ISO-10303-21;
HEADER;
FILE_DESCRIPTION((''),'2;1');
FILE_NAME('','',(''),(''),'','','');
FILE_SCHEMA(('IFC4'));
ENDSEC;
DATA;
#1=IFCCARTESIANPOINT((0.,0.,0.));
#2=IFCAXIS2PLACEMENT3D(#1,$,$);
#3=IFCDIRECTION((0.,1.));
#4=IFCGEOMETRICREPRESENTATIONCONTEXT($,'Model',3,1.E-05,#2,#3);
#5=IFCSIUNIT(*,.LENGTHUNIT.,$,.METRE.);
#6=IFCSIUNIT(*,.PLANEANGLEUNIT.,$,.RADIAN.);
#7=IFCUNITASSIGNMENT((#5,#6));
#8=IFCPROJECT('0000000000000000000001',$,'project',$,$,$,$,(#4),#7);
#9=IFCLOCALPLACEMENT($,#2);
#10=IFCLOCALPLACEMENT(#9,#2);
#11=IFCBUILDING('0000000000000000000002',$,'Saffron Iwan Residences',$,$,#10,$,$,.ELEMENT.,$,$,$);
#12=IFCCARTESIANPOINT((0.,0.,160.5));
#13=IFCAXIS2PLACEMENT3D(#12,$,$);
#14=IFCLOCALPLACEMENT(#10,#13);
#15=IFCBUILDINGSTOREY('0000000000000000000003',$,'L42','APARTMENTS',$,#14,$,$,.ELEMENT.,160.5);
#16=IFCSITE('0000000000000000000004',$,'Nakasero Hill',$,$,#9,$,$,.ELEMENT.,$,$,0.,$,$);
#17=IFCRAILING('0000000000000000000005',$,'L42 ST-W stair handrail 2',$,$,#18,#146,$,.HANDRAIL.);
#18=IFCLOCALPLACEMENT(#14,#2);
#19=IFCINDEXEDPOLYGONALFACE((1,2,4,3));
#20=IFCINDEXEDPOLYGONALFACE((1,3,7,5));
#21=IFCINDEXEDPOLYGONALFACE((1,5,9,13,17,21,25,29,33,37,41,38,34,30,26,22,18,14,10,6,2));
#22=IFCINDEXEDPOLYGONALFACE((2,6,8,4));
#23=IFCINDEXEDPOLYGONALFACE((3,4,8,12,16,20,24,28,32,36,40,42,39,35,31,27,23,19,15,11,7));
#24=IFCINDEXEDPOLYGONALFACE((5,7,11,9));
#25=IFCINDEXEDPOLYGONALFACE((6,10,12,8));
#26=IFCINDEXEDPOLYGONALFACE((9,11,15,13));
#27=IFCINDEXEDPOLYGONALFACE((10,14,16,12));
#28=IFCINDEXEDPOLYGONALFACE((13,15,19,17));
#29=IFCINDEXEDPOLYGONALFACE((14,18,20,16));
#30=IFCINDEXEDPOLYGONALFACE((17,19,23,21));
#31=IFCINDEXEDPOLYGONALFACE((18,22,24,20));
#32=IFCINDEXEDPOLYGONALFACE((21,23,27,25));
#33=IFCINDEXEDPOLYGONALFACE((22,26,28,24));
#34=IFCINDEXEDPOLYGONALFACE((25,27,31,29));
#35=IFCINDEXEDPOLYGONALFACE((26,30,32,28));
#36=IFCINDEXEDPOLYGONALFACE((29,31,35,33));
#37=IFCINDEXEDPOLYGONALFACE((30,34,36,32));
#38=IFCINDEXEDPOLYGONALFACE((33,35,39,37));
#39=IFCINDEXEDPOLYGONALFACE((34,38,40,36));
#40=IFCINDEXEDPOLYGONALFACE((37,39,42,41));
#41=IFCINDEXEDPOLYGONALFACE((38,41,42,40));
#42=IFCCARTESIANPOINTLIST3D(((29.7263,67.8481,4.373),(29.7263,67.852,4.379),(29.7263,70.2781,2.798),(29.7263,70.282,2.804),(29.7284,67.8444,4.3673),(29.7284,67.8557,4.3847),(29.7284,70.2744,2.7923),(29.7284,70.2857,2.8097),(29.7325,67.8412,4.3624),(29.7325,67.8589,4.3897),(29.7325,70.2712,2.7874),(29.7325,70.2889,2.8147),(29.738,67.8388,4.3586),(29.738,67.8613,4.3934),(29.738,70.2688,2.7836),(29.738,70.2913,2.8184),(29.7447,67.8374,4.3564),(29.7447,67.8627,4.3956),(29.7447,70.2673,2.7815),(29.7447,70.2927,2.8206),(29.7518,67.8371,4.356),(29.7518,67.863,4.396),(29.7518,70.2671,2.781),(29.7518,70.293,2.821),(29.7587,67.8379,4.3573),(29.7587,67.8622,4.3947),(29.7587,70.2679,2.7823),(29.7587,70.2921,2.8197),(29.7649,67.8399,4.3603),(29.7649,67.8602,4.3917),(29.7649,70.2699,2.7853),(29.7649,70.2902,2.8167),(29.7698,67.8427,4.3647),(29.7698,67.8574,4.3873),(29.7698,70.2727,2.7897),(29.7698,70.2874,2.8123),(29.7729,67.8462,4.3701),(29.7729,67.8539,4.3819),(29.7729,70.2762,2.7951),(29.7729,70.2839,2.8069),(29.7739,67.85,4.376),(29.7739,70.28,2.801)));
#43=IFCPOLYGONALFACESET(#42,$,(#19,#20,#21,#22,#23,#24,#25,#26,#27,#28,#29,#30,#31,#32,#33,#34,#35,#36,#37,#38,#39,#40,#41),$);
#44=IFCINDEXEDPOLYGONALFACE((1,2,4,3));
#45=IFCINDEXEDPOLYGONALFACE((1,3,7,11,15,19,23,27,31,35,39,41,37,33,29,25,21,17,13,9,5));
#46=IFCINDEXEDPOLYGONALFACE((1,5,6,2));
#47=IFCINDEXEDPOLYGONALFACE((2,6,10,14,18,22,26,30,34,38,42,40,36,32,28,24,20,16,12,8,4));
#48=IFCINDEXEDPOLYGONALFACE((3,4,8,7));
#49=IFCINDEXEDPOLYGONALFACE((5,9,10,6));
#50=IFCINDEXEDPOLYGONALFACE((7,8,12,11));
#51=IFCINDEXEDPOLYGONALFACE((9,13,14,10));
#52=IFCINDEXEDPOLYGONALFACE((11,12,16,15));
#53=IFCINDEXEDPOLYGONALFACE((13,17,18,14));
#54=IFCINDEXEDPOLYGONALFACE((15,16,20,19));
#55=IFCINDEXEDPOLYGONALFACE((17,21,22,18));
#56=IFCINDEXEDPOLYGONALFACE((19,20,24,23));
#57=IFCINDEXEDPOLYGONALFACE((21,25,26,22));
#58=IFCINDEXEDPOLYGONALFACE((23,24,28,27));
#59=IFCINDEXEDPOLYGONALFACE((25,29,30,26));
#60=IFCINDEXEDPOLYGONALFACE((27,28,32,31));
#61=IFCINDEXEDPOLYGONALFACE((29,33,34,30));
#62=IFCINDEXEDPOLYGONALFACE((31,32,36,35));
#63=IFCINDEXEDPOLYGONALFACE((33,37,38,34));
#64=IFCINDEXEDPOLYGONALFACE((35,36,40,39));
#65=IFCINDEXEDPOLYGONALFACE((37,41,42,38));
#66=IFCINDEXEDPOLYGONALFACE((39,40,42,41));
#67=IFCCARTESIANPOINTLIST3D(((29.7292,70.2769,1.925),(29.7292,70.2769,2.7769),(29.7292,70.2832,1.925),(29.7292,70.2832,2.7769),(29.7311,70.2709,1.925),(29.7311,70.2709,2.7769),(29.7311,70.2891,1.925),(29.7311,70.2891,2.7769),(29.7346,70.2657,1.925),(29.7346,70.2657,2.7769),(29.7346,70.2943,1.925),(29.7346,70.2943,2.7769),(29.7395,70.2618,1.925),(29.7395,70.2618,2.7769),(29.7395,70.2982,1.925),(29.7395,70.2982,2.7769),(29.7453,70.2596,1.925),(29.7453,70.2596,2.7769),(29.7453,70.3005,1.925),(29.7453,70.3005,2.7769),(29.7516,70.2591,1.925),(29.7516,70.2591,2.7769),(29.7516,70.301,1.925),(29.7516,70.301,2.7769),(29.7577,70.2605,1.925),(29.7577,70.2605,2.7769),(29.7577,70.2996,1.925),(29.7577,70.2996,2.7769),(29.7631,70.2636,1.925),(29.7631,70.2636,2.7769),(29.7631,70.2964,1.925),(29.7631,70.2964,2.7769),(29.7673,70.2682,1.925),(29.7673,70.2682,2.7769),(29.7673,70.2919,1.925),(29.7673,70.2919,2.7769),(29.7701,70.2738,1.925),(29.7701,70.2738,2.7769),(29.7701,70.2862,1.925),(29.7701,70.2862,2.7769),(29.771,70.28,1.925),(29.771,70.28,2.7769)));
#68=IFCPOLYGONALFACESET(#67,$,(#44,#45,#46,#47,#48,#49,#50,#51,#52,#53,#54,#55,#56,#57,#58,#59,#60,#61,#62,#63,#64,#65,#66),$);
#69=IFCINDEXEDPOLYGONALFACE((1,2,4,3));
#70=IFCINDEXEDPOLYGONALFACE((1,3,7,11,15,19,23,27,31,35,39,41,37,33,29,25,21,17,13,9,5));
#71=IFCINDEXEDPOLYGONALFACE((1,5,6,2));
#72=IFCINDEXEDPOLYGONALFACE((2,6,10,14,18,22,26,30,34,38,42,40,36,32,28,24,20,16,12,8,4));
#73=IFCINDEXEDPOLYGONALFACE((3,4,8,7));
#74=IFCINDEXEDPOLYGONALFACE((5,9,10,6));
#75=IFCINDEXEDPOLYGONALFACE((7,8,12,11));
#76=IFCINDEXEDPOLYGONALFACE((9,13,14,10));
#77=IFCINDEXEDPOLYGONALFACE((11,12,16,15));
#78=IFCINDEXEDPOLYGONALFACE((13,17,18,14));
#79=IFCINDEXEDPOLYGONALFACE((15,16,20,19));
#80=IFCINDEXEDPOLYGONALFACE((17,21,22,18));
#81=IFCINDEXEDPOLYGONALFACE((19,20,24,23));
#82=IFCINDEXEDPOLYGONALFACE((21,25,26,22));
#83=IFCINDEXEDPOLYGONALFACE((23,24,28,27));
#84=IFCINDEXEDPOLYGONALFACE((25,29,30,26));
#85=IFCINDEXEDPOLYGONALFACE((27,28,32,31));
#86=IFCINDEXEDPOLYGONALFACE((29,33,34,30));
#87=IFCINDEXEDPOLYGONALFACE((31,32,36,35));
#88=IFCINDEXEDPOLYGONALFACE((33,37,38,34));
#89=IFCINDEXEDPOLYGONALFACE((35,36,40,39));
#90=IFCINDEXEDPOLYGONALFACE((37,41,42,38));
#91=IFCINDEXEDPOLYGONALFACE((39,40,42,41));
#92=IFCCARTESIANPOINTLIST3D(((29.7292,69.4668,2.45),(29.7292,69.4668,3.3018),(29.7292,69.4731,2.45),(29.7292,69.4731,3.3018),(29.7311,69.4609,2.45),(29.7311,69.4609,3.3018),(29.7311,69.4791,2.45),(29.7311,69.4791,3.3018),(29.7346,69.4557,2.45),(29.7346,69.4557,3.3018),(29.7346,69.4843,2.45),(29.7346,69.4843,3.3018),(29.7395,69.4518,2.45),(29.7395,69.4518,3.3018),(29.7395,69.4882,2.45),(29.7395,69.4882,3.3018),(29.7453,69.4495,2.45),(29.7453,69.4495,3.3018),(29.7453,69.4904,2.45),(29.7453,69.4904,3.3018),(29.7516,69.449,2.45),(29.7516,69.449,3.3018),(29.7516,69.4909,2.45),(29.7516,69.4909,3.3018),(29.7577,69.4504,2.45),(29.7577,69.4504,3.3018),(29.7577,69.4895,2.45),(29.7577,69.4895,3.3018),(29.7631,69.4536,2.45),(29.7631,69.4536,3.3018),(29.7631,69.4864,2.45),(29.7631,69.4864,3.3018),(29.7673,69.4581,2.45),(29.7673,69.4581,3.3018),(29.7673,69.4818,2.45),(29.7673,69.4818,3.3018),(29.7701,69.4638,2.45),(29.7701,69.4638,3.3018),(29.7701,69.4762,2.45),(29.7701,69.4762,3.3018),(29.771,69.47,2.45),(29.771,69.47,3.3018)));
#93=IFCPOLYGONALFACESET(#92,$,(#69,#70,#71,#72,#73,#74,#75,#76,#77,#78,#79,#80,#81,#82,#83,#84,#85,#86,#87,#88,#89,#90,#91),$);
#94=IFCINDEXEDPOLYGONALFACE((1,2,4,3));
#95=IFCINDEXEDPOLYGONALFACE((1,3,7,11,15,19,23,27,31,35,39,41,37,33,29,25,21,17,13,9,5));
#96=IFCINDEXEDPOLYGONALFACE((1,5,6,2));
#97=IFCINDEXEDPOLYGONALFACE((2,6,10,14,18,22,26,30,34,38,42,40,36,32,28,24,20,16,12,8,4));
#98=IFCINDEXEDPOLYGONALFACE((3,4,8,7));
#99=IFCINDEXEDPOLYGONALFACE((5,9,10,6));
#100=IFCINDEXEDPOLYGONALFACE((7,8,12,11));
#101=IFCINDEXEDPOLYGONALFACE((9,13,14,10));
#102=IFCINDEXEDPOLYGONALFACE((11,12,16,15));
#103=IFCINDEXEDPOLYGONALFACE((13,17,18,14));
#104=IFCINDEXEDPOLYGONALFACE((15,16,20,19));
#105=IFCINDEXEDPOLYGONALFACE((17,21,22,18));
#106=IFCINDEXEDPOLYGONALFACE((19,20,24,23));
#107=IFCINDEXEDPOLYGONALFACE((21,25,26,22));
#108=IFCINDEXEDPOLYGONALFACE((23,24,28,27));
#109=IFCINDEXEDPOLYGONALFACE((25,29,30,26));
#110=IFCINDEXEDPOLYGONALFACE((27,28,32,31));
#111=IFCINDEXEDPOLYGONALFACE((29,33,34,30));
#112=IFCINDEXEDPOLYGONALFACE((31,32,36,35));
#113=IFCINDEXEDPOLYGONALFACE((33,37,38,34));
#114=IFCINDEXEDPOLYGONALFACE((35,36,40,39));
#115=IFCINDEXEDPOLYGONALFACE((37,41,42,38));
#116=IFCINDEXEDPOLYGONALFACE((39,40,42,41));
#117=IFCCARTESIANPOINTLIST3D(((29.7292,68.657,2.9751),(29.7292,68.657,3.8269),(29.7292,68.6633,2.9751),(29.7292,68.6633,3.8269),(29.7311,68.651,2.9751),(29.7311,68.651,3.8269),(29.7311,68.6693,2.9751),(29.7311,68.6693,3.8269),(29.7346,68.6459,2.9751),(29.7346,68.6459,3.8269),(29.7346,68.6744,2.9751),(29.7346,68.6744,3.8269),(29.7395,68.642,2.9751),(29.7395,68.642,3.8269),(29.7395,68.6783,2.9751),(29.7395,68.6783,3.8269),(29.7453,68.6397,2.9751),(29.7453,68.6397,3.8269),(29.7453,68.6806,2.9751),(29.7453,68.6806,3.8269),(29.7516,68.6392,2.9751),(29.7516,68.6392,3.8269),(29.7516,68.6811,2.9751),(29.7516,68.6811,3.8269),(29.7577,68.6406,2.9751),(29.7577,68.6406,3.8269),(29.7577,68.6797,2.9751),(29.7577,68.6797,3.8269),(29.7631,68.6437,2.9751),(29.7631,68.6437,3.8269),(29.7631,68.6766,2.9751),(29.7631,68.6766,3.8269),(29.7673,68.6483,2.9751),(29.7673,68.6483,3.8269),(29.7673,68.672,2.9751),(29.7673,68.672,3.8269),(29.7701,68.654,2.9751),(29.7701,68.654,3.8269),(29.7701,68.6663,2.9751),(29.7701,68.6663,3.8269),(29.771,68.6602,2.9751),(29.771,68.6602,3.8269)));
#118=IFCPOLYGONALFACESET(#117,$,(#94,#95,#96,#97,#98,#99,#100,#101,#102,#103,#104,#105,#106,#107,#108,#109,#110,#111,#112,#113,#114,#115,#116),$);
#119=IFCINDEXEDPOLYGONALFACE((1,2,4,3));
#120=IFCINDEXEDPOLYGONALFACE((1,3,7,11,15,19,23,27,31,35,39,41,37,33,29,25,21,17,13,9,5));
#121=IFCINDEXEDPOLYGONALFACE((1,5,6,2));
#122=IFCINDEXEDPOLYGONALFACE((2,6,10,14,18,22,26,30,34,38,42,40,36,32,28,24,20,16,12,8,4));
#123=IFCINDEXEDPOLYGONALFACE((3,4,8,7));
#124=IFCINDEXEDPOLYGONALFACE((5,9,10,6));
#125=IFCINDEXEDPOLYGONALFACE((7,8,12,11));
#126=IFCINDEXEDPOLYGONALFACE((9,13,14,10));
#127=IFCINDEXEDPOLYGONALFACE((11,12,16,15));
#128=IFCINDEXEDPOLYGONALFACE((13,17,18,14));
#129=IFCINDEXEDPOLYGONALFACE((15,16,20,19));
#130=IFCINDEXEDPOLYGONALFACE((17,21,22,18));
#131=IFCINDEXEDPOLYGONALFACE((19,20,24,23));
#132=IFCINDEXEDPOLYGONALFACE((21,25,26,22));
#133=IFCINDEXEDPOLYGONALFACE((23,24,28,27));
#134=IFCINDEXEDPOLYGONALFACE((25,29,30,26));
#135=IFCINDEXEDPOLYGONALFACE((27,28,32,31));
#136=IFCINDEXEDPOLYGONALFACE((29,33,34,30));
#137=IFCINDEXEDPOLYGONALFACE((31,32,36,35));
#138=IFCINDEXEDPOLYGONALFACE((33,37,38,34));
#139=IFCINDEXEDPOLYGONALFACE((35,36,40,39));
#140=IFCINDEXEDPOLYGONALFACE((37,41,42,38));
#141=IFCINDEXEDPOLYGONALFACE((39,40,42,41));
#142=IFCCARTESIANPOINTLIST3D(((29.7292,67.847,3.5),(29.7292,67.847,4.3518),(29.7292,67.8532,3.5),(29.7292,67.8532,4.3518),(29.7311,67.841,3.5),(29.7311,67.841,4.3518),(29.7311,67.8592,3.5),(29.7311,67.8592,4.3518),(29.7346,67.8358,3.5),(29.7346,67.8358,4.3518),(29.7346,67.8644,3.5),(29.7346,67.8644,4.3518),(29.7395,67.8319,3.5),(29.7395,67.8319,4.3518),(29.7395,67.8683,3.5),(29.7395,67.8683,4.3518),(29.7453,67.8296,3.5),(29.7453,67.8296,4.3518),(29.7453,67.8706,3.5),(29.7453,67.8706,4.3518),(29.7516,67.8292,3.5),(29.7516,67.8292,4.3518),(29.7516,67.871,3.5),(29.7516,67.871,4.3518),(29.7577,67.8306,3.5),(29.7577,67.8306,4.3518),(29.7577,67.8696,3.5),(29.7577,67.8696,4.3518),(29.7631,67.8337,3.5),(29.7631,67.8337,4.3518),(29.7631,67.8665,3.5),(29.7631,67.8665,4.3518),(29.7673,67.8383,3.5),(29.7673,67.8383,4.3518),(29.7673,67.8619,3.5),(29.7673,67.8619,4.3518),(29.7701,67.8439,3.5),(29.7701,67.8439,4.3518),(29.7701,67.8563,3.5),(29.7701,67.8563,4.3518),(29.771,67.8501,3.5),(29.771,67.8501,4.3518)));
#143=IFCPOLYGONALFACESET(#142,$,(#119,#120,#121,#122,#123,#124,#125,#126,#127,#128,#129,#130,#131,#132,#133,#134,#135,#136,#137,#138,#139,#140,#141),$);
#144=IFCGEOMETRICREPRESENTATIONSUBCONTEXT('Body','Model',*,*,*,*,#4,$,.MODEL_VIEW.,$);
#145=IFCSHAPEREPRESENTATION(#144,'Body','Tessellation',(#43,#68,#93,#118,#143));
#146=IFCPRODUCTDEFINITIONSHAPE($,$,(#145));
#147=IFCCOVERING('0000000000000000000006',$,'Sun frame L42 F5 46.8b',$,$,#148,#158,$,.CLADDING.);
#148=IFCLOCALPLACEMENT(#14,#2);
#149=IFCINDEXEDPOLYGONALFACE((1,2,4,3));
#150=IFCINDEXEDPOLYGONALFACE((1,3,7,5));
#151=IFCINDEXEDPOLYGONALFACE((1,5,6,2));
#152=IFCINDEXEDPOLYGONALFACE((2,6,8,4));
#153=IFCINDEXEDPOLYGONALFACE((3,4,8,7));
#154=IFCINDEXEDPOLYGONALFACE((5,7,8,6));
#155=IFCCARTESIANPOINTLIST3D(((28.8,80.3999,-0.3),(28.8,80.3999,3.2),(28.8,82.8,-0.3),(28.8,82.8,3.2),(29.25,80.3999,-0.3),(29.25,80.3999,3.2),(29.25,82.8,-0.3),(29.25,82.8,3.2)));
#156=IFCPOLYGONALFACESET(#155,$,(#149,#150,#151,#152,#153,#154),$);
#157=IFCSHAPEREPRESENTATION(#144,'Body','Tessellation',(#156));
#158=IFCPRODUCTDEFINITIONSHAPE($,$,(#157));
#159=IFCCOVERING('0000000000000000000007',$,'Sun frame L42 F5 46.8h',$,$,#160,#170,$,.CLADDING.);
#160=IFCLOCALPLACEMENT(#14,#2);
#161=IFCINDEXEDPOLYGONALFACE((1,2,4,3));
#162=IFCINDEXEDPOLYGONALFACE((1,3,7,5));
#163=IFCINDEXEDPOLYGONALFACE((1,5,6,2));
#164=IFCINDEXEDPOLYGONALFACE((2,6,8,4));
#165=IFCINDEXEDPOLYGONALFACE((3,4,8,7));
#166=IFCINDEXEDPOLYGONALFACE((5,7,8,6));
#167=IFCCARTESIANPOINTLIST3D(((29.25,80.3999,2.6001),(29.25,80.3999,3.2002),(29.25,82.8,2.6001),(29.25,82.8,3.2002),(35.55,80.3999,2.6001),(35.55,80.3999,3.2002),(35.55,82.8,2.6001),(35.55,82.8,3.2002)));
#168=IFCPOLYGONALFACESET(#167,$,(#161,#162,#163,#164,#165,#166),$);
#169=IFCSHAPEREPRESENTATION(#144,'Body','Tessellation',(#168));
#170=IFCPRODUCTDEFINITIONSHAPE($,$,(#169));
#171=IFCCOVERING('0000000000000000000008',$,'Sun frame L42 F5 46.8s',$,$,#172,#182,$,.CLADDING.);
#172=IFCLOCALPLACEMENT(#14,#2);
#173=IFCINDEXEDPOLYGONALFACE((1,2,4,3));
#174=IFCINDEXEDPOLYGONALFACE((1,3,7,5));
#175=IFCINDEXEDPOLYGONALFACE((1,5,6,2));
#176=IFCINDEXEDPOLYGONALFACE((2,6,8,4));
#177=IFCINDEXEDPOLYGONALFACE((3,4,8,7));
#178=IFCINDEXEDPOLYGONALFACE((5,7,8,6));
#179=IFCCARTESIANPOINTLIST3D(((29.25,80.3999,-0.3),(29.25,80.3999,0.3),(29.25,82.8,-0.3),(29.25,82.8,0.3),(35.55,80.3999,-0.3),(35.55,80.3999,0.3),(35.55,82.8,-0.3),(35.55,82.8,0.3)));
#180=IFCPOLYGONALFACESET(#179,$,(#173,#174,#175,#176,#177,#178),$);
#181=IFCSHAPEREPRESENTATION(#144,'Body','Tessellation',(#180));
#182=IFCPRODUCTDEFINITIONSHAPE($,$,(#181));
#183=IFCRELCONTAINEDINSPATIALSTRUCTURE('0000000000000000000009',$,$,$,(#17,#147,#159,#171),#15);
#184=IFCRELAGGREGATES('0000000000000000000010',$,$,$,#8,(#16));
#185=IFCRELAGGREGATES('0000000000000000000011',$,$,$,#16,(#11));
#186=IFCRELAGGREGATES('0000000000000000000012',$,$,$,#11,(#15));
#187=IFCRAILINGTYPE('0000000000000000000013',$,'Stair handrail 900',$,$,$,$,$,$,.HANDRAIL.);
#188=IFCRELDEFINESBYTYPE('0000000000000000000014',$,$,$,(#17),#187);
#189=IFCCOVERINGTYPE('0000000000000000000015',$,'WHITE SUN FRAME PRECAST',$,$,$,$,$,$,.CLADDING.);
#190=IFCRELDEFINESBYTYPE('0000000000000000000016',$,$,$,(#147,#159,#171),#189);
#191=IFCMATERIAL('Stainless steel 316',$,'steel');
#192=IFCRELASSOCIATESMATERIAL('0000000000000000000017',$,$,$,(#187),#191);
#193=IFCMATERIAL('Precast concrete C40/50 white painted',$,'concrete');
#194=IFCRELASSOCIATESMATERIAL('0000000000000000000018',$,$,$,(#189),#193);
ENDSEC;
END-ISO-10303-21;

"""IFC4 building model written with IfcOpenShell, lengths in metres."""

from ifc_helpers import new_model, si_unit, direction, frame, origin, origin_2d, place, context, subcontext, project, spatial, polyline, circle, outline, extrude, material, type_object, element, save


model = new_model("IFC4")

# Units and contexts
model_context = context("Model", 3, precision=1e-05, world=origin(), true_north=direction((0.0, 1.0)))
body_context = subcontext(model_context, "Body", "Model", "MODEL_VIEW")
ifc_project = project(units=[si_unit("LENGTHUNIT", "METRE"), si_unit("PLANEANGLEUNIT", "RADIAN")], contexts=[model_context])

# Site, building, storey
site_placement = place(None, origin())
site = spatial("IfcSite", under=ifc_project, at=site_placement, Name="Nakasero Hill", CompositionType="ELEMENT", RefElevation=0.0)
building_placement = place(site_placement, origin())
building = spatial("IfcBuilding", under=site, at=building_placement, Name="Saffron Iwan Residences", CompositionType="ELEMENT")
storey_placement = place(building_placement, frame((0.0, 0.0, 160.5)))
storey = spatial("IfcBuildingStorey", under=building, at=storey_placement, Name="L42", Description="APARTMENTS", CompositionType="ELEMENT", Elevation=160.5)

# Railing
ifc_material_1 = material(Name="Stainless steel 316", Category="steel")
railing_type = type_object("IfcRailingType", Name="Stair handrail 900", PredefinedType="HANDRAIL", material=ifc_material_1)
railing_1_placement = place(storey_placement, frame((29.75, 70.28, 1.925)))
element("IfcRailing", 1, at=railing_1_placement, inside=storey, type_object=railing_type, Name="L42 ST-W stair handrail 2", PredefinedType="HANDRAIL", context=body_context, shape_type="SweptSolid", body=[
    extrude(circle(Radius=0.0239, at=origin_2d()), frame((0.0, 0.0, 0.876), z_axis=(0.0, -0.839154, 0.543894), x_axis=(1.0, 0.0, 0.0)), (0.0, 0.0, 1.0), 2.8958),
    extrude(circle(Radius=0.021, at=origin_2d()), origin(), (0.0, 0.0, 1.0), 0.8518),
    extrude(circle(Radius=0.021, at=origin_2d()), frame((0.0, -0.8101, 0.5249)), (0.0, 0.0, 1.0), 0.8518),
    extrude(circle(Radius=0.021, at=origin_2d()), frame((0.0, -1.6199, 1.05)), (0.0, 0.0, 1.0), 0.8518),
    extrude(circle(Radius=0.021, at=origin_2d()), frame((0.0, -2.4299, 1.575)), (0.0, 0.0, 1.0), 0.8518),
])

# Coverings
ifc_material_2 = material(Name="Precast concrete C40/50 white painted", Category="concrete")
covering_type = type_object("IfcCoveringType", Name="WHITE SUN FRAME PRECAST", PredefinedType="CLADDING", material=ifc_material_2)
covering_placement = place(storey_placement, frame((29.25, 80.3999, -0.3), z_axis=(0.0, 1.0, 0.0), x_axis=(-1.0, 0.0, 0.0)))
element("IfcCovering", 2, at=covering_placement, inside=storey, type_object=covering_type, Name="Sun frame L42 F5 46.8b", PredefinedType="CLADDING", context=body_context, shape_type="SweptSolid", body=[
    extrude(outline(polyline([(0.0, 0.0), (0.45, 0.0), (0.45, 3.5), (0.0, 3.5), (0.0, 0.0)])), origin(), (0.0, 0.0, 1.0), 2.4001),
])
for number, where, z_axis, x_axis, name in (
    (3, (35.55, 80.3999, 2.6001), (0.0, 1.0, 0.0), (-1.0, 0.0, 0.0), "Sun frame L42 F5 46.8h"),
    (4, (35.55, 80.3999, -0.3), (0.0, 1.0, 0.0), (-1.0, 0.0, 0.0), "Sun frame L42 F5 46.8s"),
):
    element("IfcCovering", number, at=place(storey_placement, frame(where, z_axis=z_axis, x_axis=x_axis)), inside=storey, type_object=covering_type, Name=name, PredefinedType="CLADDING", context=body_context, shape_type="SweptSolid", body=[
        extrude(outline(polyline([(0.0, 0.0), (6.3, 0.0), (6.3, 0.6001), (0.0, 0.6001), (0.0, 0.0)])), origin(), (0.0, 0.0, 1.0), 2.4001),
    ])

save(model, "model.ifc")
